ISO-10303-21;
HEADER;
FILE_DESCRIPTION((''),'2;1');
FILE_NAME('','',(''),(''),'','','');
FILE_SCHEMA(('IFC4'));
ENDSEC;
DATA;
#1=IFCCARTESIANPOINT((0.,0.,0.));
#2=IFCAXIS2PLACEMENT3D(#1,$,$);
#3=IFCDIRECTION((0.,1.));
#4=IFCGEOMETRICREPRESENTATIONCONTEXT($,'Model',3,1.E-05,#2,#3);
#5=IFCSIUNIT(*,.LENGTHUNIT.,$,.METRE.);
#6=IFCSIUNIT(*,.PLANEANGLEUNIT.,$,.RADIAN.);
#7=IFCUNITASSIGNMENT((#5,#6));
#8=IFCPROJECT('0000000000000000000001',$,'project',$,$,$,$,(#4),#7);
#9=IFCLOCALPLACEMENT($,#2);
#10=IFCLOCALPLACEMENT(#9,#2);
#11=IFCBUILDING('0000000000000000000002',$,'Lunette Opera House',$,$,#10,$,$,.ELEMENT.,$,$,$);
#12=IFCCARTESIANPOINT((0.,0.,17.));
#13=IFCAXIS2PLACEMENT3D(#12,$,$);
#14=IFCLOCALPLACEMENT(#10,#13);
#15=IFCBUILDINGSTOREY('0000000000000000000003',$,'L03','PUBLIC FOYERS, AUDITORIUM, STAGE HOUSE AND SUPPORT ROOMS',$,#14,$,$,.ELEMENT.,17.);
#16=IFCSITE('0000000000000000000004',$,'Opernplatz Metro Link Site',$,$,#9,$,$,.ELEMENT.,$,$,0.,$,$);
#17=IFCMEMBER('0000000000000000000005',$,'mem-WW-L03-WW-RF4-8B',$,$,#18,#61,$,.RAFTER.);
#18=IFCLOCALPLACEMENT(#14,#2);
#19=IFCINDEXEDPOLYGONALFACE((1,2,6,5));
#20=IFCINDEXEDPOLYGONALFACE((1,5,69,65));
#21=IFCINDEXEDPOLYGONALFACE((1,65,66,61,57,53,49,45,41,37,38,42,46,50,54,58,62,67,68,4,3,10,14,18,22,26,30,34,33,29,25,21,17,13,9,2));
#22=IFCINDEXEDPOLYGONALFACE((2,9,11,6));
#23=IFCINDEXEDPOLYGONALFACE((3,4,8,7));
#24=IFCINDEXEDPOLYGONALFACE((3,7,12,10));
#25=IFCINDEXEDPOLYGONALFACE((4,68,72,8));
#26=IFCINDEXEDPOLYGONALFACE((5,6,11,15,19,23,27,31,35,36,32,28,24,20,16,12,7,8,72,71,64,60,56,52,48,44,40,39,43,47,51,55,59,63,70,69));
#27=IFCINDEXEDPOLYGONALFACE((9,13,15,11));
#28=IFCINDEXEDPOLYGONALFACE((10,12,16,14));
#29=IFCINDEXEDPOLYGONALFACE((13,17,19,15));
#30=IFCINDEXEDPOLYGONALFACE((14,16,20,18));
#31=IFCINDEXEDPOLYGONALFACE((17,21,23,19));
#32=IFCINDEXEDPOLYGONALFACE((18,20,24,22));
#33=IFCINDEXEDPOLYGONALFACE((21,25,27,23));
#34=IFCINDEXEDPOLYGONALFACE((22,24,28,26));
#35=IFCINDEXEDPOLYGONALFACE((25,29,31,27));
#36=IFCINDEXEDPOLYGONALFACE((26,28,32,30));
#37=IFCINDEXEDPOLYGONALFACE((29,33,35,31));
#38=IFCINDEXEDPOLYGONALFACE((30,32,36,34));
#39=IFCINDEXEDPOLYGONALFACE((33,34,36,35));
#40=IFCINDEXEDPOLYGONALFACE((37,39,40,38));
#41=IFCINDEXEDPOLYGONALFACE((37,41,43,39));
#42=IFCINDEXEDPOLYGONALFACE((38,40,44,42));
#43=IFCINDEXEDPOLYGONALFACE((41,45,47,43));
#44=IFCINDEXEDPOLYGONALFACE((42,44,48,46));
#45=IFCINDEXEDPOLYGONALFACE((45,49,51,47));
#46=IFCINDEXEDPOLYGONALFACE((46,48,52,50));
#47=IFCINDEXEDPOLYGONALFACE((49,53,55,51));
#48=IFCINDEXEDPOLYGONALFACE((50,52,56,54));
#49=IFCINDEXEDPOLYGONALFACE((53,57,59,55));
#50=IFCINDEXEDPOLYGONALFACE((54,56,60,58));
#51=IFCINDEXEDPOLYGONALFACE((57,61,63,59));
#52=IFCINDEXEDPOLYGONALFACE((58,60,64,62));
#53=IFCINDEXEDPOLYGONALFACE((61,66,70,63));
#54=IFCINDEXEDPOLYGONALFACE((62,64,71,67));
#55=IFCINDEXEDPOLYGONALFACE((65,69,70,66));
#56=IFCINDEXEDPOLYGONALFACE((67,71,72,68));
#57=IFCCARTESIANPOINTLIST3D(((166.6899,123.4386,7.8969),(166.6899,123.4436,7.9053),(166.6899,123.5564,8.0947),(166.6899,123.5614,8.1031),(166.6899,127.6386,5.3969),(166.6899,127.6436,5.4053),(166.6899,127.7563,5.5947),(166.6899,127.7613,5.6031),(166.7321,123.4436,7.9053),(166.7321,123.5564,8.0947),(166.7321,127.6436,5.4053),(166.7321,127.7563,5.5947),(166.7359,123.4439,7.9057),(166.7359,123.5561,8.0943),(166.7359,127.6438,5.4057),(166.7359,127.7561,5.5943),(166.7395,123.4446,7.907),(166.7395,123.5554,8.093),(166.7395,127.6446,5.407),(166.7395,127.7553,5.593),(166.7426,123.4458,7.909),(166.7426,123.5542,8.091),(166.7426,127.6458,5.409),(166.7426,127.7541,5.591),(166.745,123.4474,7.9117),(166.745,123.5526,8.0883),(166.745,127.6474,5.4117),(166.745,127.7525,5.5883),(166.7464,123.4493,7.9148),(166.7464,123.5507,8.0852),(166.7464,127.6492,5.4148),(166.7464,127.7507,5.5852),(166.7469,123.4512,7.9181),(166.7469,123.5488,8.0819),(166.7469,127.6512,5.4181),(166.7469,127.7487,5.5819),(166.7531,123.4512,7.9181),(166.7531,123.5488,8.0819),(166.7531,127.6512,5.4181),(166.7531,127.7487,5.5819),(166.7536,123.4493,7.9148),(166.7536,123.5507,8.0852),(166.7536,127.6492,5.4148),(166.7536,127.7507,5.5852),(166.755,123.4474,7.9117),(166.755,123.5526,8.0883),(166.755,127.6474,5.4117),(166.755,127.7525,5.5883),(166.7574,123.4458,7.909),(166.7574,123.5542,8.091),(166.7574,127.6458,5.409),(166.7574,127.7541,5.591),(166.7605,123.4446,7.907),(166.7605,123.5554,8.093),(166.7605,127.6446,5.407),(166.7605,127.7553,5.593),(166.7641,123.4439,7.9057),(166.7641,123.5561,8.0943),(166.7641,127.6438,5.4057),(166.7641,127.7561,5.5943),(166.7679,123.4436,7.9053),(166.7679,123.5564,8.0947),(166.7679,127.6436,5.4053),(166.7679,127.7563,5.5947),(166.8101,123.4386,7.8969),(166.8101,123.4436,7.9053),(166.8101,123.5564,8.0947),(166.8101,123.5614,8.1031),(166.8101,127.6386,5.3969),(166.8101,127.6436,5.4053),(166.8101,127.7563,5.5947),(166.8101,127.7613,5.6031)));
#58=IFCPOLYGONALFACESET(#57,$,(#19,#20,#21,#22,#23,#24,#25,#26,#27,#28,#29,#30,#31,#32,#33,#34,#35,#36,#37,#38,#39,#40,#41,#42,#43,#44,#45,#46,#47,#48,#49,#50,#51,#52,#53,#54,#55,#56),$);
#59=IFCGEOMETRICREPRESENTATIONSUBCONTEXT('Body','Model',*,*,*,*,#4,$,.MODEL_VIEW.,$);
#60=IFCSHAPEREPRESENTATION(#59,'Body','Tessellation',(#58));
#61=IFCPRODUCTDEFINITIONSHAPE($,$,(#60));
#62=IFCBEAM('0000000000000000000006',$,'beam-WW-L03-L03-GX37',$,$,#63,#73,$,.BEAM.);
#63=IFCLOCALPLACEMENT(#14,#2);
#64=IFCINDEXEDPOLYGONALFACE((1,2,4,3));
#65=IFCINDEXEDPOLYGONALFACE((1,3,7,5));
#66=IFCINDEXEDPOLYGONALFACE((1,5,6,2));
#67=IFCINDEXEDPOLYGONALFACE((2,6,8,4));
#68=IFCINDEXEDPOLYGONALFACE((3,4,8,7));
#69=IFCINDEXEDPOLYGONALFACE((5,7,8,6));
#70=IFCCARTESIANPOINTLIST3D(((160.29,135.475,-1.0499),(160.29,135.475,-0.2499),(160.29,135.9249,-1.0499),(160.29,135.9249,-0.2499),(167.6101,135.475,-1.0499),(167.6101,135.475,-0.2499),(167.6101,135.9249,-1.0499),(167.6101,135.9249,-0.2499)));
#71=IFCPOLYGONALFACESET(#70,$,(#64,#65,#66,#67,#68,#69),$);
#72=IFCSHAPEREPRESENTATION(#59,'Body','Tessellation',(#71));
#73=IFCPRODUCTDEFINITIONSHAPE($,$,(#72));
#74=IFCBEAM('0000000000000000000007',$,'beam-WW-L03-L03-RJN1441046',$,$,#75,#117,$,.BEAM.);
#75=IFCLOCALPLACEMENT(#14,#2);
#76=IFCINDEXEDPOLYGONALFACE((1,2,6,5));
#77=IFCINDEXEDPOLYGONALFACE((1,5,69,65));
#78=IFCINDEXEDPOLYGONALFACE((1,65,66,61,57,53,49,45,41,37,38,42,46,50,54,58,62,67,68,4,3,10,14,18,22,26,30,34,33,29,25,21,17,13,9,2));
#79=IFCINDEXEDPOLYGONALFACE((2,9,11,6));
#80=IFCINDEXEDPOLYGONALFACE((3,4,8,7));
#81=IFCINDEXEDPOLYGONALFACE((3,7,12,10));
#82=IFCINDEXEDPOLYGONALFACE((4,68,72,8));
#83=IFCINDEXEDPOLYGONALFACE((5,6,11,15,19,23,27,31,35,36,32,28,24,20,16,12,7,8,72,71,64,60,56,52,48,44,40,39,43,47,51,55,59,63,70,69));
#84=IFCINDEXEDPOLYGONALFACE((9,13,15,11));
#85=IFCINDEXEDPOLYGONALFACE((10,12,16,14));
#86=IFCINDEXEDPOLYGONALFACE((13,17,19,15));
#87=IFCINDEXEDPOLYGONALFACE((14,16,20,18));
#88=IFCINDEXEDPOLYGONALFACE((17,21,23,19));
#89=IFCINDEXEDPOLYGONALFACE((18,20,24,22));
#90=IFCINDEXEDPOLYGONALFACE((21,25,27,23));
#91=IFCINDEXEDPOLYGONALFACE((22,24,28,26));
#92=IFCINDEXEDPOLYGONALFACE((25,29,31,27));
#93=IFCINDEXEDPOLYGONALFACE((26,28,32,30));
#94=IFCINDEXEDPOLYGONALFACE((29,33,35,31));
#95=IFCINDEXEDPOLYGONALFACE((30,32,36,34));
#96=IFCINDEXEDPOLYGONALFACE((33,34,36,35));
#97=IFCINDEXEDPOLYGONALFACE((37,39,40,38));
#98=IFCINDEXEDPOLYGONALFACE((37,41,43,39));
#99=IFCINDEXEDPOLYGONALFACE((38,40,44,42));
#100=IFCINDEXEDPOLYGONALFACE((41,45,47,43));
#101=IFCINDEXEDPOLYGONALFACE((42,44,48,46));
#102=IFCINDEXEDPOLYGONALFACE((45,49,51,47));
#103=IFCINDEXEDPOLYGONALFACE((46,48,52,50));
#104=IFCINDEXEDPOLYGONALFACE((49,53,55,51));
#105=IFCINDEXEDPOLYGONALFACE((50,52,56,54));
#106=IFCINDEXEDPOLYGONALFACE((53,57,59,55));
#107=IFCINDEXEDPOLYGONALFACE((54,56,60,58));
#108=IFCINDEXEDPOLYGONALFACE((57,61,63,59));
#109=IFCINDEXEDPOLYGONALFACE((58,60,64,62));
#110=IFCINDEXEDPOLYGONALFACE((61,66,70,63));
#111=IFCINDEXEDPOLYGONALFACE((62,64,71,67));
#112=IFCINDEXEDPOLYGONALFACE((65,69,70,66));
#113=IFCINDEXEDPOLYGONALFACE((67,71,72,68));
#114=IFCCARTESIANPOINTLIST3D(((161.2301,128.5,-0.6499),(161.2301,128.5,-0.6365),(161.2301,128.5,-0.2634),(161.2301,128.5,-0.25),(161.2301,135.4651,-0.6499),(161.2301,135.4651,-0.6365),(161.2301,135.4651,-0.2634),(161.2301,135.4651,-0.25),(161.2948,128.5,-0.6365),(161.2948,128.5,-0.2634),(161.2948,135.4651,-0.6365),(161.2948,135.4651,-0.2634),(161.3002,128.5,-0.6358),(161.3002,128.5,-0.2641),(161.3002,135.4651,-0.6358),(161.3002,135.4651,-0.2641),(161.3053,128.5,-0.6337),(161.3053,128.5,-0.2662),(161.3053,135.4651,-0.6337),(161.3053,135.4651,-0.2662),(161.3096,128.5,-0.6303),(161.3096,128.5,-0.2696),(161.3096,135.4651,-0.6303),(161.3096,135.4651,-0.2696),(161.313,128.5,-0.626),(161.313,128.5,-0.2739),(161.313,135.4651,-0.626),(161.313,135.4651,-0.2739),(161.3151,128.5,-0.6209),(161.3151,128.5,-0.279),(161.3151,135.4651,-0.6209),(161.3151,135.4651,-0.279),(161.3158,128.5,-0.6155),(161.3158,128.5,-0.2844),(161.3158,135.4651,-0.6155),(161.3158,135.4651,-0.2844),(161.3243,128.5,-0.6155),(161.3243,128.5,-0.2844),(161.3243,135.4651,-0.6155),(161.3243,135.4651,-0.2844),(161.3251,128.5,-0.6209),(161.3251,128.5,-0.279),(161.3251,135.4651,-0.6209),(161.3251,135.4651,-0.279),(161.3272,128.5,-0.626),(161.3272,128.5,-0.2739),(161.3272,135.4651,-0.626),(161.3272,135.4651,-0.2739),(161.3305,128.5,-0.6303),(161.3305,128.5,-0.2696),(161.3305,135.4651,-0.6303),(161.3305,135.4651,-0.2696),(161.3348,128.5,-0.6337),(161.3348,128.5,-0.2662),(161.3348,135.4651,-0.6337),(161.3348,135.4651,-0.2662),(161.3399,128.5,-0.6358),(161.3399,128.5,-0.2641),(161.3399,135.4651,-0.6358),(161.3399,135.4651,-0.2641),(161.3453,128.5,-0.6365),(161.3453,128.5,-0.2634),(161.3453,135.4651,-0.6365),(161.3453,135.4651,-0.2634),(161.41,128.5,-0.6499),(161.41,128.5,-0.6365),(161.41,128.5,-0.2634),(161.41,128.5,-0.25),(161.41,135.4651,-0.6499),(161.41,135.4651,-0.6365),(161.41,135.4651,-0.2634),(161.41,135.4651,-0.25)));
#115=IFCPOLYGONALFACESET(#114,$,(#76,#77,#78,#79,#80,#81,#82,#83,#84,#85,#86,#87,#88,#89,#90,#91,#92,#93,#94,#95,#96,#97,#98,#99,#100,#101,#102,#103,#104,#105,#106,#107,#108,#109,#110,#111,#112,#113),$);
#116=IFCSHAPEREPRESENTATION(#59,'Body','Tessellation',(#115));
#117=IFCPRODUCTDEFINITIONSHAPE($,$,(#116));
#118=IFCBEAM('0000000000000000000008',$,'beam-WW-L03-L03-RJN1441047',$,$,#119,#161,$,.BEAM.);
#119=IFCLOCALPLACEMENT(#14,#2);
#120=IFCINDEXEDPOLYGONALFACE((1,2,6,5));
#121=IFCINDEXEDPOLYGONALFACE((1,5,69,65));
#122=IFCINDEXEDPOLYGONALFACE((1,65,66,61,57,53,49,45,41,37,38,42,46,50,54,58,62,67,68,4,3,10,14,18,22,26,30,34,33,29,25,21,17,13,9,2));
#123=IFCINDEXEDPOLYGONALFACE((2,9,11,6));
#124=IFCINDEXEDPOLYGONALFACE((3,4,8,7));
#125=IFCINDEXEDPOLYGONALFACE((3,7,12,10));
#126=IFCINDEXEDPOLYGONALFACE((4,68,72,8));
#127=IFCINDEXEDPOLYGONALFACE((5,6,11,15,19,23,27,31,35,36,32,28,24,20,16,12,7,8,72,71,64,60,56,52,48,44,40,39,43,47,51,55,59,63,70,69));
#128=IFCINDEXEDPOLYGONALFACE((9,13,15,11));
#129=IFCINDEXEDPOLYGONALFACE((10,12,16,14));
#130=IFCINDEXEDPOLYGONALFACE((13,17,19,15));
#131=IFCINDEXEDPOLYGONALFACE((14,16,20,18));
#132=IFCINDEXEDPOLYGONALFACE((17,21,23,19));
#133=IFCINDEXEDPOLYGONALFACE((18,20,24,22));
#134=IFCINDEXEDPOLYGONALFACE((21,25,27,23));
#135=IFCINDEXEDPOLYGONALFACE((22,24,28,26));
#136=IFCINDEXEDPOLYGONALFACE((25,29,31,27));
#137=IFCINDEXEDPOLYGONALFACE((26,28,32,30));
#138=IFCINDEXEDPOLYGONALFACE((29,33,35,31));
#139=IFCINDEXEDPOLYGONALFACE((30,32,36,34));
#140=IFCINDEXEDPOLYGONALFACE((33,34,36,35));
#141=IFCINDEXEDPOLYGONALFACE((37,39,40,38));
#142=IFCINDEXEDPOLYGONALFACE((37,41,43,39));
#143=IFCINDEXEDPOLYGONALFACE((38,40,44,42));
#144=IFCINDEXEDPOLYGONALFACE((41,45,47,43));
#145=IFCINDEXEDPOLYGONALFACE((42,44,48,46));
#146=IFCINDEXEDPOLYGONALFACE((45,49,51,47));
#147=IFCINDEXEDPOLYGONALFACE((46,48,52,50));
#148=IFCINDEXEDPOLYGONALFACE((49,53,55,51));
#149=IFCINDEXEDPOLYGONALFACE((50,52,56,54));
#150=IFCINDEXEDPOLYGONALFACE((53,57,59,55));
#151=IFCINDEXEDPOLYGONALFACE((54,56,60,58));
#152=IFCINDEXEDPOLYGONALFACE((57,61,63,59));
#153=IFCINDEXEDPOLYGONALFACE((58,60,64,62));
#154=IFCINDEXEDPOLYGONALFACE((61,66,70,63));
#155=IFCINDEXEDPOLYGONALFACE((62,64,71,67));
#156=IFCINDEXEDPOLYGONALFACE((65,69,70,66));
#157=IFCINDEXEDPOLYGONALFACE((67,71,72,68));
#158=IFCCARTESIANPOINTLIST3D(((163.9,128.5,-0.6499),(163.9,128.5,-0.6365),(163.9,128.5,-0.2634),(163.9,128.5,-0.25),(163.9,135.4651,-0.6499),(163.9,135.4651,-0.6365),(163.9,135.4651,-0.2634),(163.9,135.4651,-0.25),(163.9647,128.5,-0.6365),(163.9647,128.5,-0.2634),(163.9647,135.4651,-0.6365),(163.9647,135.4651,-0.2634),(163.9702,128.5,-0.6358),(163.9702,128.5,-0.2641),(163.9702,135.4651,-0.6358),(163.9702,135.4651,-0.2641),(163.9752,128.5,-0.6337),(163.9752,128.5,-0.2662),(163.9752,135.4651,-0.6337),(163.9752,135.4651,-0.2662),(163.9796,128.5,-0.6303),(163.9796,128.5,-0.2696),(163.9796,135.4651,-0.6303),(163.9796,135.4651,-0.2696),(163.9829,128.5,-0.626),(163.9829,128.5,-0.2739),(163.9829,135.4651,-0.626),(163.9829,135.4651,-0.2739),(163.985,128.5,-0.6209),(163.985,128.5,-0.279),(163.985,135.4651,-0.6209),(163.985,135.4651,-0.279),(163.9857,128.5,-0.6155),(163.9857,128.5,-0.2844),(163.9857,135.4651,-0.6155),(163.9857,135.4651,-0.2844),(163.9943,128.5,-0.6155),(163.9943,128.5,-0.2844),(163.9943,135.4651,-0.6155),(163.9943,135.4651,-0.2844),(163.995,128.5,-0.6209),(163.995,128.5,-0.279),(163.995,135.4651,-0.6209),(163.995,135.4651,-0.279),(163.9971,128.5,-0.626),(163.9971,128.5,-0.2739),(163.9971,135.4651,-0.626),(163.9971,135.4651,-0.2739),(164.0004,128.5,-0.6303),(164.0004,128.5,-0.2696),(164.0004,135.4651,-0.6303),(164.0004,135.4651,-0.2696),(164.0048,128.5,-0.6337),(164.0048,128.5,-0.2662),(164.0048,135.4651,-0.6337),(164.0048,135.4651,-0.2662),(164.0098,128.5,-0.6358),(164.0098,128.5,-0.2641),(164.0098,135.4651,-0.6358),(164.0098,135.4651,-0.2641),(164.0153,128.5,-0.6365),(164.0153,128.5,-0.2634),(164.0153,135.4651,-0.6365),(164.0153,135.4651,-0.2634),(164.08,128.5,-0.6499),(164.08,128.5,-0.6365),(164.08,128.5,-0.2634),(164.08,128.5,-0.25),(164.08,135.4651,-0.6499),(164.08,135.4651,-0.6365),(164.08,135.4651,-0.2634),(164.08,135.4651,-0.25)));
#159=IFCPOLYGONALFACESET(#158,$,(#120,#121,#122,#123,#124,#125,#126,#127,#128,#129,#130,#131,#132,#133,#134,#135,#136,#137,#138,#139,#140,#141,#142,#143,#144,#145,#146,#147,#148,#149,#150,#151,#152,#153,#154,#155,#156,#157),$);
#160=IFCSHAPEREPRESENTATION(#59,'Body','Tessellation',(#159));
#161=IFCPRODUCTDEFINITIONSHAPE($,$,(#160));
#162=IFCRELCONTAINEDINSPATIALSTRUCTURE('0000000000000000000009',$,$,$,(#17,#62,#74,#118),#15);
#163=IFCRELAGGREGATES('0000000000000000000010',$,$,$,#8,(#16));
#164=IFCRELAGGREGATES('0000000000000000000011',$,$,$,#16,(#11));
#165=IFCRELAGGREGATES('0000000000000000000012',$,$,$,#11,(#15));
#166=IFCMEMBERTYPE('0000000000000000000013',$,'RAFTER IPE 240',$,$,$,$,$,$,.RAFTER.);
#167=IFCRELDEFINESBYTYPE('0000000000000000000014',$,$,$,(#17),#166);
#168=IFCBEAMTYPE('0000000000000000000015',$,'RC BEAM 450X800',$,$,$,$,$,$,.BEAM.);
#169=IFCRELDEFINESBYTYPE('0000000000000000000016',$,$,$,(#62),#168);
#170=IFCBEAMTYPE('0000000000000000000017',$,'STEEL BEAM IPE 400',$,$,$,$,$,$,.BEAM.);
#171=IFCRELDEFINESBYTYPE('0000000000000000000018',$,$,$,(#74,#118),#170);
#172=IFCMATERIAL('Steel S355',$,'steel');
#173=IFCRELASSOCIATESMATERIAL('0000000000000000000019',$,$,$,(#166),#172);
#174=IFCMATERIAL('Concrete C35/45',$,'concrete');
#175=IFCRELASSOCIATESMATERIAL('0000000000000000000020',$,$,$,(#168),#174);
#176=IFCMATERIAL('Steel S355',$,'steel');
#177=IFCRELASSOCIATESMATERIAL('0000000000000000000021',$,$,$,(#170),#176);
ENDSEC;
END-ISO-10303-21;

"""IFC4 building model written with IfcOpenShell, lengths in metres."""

from ifc_helpers import new_model, si_unit, direction, frame, origin, origin_2d, place, context, subcontext, project, spatial, rectangle, i_section, extrude, material, material_profile, profile_set, type_object, element, save


model = new_model("IFC4")

# Units and contexts
model_context = context("Model", 3, precision=1e-05, world=origin(), true_north=direction((0.0, 1.0)))
body_context = subcontext(model_context, "Body", "Model", "MODEL_VIEW")
ifc_project = project(units=[si_unit("LENGTHUNIT", "METRE"), si_unit("PLANEANGLEUNIT", "RADIAN")], contexts=[model_context])

# Site, building, storey
site_placement = place(None, origin())
site = spatial("IfcSite", under=ifc_project, at=site_placement, Name="Opernplatz Metro Link Site", CompositionType="ELEMENT", RefElevation=0.0)
building_placement = place(site_placement, origin())
building = spatial("IfcBuilding", under=site, at=building_placement, Name="Lunette Opera House", CompositionType="ELEMENT")
storey_placement = place(building_placement, frame((0.0, 0.0, 17.0)))
storey = spatial("IfcBuildingStorey", under=building, at=storey_placement, Name="L03", Description="PUBLIC FOYERS, AUDITORIUM, STAGE HOUSE AND SUPPORT ROOMS", CompositionType="ELEMENT", Elevation=17.0)

# Member
ifc_material_1 = material(Name="Steel S355", Category="steel")
ifc_material_profile_1 = material_profile(ifc_material_1, i_section(OverallWidth=0.1201, OverallDepth=0.24, WebThickness=0.0061, FlangeThickness=0.0098, FilletRadius=0.0149, at=origin_2d()), Name="IPE 240")
ifc_profile_set_1 = profile_set([ifc_material_profile_1], Name="Steel S355")
member_type_1 = type_object("IfcMemberType", Name="RAFTER IPE 240", PredefinedType="RAFTER", material=ifc_profile_set_1)
member_1_placement = place(storey_placement, frame((166.75, 123.5, 8.0), z_axis=(0.0, 0.85929, -0.511488), x_axis=(-1.0, 0.0, 0.0)))
element("IfcMember", 1, at=member_1_placement, inside=storey, type_object=member_type_1, Name="mem-WW-L03-WW-RF4-8B", PredefinedType="RAFTER", context=body_context, shape_type="SweptSolid", body=[
    extrude(i_section(OverallWidth=0.1201, OverallDepth=0.24, WebThickness=0.0061, FlangeThickness=0.0098, FilletRadius=0.0149, at=origin_2d()), origin(), (0.0, 0.0, 1.0), 4.8877),
])

# Beams
ifc_material_2 = material(Name="Concrete C35/45", Category="concrete")
ifc_material_profile_2 = material_profile(ifc_material_2, rectangle(XDim=0.45, YDim=0.8, at=origin_2d()), Name="RC BEAM 450X800")
ifc_profile_set_2 = profile_set([ifc_material_profile_2], Name="Concrete C35/45")
beam_type_1 = type_object("IfcBeamType", Name="RC BEAM 450X800", PredefinedType="BEAM", material=ifc_profile_set_2)
beam_placement = place(storey_placement, frame((160.29, 135.7, -0.6499), z_axis=(1.0, 0.0, 0.0), x_axis=(0.0, 1.0, 0.0)))
element("IfcBeam", 2, at=beam_placement, inside=storey, type_object=beam_type_1, Name="beam-WW-L03-L03-GX37", PredefinedType="BEAM", context=body_context, shape_type="SweptSolid", body=[
    extrude(rectangle(XDim=0.45, YDim=0.8, at=origin_2d()), origin(), (0.0, 0.0, 1.0), 7.3201),
])
ifc_material_3 = material(Name="Steel S355", Category="steel")
ifc_material_profile_3 = material_profile(ifc_material_3, i_section(OverallWidth=0.1799, OverallDepth=0.3999, WebThickness=0.0085, FlangeThickness=0.0134, FilletRadius=0.021, at=origin_2d()), Name="IPE 400")
ifc_profile_set_3 = profile_set([ifc_material_profile_3], Name="Steel S355")
beam_type_2 = type_object("IfcBeamType", Name="STEEL BEAM IPE 400", PredefinedType="BEAM", material=ifc_profile_set_3)
for number, where, z_axis, x_axis, name in (
    (3, (161.3201, 128.5, -0.45), (0.0, 1.0, 0.0), (-1.0, 0.0, 0.0), "beam-WW-L03-L03-RJN1441046"),
    (4, (163.99, 128.5, -0.45), (0.0, 1.0, 0.0), (-1.0, 0.0, 0.0), "beam-WW-L03-L03-RJN1441047"),
):
    element("IfcBeam", number, at=place(storey_placement, frame(where, z_axis=z_axis, x_axis=x_axis)), inside=storey, type_object=beam_type_2, Name=name, PredefinedType="BEAM", context=body_context, shape_type="SweptSolid", body=[
        extrude(i_section(OverallWidth=0.1799, OverallDepth=0.3999, WebThickness=0.0085, FlangeThickness=0.0134, FilletRadius=0.021, at=origin_2d()), origin(), (0.0, 0.0, 1.0), 6.9651),
    ])

save(model, "model.ifc")
